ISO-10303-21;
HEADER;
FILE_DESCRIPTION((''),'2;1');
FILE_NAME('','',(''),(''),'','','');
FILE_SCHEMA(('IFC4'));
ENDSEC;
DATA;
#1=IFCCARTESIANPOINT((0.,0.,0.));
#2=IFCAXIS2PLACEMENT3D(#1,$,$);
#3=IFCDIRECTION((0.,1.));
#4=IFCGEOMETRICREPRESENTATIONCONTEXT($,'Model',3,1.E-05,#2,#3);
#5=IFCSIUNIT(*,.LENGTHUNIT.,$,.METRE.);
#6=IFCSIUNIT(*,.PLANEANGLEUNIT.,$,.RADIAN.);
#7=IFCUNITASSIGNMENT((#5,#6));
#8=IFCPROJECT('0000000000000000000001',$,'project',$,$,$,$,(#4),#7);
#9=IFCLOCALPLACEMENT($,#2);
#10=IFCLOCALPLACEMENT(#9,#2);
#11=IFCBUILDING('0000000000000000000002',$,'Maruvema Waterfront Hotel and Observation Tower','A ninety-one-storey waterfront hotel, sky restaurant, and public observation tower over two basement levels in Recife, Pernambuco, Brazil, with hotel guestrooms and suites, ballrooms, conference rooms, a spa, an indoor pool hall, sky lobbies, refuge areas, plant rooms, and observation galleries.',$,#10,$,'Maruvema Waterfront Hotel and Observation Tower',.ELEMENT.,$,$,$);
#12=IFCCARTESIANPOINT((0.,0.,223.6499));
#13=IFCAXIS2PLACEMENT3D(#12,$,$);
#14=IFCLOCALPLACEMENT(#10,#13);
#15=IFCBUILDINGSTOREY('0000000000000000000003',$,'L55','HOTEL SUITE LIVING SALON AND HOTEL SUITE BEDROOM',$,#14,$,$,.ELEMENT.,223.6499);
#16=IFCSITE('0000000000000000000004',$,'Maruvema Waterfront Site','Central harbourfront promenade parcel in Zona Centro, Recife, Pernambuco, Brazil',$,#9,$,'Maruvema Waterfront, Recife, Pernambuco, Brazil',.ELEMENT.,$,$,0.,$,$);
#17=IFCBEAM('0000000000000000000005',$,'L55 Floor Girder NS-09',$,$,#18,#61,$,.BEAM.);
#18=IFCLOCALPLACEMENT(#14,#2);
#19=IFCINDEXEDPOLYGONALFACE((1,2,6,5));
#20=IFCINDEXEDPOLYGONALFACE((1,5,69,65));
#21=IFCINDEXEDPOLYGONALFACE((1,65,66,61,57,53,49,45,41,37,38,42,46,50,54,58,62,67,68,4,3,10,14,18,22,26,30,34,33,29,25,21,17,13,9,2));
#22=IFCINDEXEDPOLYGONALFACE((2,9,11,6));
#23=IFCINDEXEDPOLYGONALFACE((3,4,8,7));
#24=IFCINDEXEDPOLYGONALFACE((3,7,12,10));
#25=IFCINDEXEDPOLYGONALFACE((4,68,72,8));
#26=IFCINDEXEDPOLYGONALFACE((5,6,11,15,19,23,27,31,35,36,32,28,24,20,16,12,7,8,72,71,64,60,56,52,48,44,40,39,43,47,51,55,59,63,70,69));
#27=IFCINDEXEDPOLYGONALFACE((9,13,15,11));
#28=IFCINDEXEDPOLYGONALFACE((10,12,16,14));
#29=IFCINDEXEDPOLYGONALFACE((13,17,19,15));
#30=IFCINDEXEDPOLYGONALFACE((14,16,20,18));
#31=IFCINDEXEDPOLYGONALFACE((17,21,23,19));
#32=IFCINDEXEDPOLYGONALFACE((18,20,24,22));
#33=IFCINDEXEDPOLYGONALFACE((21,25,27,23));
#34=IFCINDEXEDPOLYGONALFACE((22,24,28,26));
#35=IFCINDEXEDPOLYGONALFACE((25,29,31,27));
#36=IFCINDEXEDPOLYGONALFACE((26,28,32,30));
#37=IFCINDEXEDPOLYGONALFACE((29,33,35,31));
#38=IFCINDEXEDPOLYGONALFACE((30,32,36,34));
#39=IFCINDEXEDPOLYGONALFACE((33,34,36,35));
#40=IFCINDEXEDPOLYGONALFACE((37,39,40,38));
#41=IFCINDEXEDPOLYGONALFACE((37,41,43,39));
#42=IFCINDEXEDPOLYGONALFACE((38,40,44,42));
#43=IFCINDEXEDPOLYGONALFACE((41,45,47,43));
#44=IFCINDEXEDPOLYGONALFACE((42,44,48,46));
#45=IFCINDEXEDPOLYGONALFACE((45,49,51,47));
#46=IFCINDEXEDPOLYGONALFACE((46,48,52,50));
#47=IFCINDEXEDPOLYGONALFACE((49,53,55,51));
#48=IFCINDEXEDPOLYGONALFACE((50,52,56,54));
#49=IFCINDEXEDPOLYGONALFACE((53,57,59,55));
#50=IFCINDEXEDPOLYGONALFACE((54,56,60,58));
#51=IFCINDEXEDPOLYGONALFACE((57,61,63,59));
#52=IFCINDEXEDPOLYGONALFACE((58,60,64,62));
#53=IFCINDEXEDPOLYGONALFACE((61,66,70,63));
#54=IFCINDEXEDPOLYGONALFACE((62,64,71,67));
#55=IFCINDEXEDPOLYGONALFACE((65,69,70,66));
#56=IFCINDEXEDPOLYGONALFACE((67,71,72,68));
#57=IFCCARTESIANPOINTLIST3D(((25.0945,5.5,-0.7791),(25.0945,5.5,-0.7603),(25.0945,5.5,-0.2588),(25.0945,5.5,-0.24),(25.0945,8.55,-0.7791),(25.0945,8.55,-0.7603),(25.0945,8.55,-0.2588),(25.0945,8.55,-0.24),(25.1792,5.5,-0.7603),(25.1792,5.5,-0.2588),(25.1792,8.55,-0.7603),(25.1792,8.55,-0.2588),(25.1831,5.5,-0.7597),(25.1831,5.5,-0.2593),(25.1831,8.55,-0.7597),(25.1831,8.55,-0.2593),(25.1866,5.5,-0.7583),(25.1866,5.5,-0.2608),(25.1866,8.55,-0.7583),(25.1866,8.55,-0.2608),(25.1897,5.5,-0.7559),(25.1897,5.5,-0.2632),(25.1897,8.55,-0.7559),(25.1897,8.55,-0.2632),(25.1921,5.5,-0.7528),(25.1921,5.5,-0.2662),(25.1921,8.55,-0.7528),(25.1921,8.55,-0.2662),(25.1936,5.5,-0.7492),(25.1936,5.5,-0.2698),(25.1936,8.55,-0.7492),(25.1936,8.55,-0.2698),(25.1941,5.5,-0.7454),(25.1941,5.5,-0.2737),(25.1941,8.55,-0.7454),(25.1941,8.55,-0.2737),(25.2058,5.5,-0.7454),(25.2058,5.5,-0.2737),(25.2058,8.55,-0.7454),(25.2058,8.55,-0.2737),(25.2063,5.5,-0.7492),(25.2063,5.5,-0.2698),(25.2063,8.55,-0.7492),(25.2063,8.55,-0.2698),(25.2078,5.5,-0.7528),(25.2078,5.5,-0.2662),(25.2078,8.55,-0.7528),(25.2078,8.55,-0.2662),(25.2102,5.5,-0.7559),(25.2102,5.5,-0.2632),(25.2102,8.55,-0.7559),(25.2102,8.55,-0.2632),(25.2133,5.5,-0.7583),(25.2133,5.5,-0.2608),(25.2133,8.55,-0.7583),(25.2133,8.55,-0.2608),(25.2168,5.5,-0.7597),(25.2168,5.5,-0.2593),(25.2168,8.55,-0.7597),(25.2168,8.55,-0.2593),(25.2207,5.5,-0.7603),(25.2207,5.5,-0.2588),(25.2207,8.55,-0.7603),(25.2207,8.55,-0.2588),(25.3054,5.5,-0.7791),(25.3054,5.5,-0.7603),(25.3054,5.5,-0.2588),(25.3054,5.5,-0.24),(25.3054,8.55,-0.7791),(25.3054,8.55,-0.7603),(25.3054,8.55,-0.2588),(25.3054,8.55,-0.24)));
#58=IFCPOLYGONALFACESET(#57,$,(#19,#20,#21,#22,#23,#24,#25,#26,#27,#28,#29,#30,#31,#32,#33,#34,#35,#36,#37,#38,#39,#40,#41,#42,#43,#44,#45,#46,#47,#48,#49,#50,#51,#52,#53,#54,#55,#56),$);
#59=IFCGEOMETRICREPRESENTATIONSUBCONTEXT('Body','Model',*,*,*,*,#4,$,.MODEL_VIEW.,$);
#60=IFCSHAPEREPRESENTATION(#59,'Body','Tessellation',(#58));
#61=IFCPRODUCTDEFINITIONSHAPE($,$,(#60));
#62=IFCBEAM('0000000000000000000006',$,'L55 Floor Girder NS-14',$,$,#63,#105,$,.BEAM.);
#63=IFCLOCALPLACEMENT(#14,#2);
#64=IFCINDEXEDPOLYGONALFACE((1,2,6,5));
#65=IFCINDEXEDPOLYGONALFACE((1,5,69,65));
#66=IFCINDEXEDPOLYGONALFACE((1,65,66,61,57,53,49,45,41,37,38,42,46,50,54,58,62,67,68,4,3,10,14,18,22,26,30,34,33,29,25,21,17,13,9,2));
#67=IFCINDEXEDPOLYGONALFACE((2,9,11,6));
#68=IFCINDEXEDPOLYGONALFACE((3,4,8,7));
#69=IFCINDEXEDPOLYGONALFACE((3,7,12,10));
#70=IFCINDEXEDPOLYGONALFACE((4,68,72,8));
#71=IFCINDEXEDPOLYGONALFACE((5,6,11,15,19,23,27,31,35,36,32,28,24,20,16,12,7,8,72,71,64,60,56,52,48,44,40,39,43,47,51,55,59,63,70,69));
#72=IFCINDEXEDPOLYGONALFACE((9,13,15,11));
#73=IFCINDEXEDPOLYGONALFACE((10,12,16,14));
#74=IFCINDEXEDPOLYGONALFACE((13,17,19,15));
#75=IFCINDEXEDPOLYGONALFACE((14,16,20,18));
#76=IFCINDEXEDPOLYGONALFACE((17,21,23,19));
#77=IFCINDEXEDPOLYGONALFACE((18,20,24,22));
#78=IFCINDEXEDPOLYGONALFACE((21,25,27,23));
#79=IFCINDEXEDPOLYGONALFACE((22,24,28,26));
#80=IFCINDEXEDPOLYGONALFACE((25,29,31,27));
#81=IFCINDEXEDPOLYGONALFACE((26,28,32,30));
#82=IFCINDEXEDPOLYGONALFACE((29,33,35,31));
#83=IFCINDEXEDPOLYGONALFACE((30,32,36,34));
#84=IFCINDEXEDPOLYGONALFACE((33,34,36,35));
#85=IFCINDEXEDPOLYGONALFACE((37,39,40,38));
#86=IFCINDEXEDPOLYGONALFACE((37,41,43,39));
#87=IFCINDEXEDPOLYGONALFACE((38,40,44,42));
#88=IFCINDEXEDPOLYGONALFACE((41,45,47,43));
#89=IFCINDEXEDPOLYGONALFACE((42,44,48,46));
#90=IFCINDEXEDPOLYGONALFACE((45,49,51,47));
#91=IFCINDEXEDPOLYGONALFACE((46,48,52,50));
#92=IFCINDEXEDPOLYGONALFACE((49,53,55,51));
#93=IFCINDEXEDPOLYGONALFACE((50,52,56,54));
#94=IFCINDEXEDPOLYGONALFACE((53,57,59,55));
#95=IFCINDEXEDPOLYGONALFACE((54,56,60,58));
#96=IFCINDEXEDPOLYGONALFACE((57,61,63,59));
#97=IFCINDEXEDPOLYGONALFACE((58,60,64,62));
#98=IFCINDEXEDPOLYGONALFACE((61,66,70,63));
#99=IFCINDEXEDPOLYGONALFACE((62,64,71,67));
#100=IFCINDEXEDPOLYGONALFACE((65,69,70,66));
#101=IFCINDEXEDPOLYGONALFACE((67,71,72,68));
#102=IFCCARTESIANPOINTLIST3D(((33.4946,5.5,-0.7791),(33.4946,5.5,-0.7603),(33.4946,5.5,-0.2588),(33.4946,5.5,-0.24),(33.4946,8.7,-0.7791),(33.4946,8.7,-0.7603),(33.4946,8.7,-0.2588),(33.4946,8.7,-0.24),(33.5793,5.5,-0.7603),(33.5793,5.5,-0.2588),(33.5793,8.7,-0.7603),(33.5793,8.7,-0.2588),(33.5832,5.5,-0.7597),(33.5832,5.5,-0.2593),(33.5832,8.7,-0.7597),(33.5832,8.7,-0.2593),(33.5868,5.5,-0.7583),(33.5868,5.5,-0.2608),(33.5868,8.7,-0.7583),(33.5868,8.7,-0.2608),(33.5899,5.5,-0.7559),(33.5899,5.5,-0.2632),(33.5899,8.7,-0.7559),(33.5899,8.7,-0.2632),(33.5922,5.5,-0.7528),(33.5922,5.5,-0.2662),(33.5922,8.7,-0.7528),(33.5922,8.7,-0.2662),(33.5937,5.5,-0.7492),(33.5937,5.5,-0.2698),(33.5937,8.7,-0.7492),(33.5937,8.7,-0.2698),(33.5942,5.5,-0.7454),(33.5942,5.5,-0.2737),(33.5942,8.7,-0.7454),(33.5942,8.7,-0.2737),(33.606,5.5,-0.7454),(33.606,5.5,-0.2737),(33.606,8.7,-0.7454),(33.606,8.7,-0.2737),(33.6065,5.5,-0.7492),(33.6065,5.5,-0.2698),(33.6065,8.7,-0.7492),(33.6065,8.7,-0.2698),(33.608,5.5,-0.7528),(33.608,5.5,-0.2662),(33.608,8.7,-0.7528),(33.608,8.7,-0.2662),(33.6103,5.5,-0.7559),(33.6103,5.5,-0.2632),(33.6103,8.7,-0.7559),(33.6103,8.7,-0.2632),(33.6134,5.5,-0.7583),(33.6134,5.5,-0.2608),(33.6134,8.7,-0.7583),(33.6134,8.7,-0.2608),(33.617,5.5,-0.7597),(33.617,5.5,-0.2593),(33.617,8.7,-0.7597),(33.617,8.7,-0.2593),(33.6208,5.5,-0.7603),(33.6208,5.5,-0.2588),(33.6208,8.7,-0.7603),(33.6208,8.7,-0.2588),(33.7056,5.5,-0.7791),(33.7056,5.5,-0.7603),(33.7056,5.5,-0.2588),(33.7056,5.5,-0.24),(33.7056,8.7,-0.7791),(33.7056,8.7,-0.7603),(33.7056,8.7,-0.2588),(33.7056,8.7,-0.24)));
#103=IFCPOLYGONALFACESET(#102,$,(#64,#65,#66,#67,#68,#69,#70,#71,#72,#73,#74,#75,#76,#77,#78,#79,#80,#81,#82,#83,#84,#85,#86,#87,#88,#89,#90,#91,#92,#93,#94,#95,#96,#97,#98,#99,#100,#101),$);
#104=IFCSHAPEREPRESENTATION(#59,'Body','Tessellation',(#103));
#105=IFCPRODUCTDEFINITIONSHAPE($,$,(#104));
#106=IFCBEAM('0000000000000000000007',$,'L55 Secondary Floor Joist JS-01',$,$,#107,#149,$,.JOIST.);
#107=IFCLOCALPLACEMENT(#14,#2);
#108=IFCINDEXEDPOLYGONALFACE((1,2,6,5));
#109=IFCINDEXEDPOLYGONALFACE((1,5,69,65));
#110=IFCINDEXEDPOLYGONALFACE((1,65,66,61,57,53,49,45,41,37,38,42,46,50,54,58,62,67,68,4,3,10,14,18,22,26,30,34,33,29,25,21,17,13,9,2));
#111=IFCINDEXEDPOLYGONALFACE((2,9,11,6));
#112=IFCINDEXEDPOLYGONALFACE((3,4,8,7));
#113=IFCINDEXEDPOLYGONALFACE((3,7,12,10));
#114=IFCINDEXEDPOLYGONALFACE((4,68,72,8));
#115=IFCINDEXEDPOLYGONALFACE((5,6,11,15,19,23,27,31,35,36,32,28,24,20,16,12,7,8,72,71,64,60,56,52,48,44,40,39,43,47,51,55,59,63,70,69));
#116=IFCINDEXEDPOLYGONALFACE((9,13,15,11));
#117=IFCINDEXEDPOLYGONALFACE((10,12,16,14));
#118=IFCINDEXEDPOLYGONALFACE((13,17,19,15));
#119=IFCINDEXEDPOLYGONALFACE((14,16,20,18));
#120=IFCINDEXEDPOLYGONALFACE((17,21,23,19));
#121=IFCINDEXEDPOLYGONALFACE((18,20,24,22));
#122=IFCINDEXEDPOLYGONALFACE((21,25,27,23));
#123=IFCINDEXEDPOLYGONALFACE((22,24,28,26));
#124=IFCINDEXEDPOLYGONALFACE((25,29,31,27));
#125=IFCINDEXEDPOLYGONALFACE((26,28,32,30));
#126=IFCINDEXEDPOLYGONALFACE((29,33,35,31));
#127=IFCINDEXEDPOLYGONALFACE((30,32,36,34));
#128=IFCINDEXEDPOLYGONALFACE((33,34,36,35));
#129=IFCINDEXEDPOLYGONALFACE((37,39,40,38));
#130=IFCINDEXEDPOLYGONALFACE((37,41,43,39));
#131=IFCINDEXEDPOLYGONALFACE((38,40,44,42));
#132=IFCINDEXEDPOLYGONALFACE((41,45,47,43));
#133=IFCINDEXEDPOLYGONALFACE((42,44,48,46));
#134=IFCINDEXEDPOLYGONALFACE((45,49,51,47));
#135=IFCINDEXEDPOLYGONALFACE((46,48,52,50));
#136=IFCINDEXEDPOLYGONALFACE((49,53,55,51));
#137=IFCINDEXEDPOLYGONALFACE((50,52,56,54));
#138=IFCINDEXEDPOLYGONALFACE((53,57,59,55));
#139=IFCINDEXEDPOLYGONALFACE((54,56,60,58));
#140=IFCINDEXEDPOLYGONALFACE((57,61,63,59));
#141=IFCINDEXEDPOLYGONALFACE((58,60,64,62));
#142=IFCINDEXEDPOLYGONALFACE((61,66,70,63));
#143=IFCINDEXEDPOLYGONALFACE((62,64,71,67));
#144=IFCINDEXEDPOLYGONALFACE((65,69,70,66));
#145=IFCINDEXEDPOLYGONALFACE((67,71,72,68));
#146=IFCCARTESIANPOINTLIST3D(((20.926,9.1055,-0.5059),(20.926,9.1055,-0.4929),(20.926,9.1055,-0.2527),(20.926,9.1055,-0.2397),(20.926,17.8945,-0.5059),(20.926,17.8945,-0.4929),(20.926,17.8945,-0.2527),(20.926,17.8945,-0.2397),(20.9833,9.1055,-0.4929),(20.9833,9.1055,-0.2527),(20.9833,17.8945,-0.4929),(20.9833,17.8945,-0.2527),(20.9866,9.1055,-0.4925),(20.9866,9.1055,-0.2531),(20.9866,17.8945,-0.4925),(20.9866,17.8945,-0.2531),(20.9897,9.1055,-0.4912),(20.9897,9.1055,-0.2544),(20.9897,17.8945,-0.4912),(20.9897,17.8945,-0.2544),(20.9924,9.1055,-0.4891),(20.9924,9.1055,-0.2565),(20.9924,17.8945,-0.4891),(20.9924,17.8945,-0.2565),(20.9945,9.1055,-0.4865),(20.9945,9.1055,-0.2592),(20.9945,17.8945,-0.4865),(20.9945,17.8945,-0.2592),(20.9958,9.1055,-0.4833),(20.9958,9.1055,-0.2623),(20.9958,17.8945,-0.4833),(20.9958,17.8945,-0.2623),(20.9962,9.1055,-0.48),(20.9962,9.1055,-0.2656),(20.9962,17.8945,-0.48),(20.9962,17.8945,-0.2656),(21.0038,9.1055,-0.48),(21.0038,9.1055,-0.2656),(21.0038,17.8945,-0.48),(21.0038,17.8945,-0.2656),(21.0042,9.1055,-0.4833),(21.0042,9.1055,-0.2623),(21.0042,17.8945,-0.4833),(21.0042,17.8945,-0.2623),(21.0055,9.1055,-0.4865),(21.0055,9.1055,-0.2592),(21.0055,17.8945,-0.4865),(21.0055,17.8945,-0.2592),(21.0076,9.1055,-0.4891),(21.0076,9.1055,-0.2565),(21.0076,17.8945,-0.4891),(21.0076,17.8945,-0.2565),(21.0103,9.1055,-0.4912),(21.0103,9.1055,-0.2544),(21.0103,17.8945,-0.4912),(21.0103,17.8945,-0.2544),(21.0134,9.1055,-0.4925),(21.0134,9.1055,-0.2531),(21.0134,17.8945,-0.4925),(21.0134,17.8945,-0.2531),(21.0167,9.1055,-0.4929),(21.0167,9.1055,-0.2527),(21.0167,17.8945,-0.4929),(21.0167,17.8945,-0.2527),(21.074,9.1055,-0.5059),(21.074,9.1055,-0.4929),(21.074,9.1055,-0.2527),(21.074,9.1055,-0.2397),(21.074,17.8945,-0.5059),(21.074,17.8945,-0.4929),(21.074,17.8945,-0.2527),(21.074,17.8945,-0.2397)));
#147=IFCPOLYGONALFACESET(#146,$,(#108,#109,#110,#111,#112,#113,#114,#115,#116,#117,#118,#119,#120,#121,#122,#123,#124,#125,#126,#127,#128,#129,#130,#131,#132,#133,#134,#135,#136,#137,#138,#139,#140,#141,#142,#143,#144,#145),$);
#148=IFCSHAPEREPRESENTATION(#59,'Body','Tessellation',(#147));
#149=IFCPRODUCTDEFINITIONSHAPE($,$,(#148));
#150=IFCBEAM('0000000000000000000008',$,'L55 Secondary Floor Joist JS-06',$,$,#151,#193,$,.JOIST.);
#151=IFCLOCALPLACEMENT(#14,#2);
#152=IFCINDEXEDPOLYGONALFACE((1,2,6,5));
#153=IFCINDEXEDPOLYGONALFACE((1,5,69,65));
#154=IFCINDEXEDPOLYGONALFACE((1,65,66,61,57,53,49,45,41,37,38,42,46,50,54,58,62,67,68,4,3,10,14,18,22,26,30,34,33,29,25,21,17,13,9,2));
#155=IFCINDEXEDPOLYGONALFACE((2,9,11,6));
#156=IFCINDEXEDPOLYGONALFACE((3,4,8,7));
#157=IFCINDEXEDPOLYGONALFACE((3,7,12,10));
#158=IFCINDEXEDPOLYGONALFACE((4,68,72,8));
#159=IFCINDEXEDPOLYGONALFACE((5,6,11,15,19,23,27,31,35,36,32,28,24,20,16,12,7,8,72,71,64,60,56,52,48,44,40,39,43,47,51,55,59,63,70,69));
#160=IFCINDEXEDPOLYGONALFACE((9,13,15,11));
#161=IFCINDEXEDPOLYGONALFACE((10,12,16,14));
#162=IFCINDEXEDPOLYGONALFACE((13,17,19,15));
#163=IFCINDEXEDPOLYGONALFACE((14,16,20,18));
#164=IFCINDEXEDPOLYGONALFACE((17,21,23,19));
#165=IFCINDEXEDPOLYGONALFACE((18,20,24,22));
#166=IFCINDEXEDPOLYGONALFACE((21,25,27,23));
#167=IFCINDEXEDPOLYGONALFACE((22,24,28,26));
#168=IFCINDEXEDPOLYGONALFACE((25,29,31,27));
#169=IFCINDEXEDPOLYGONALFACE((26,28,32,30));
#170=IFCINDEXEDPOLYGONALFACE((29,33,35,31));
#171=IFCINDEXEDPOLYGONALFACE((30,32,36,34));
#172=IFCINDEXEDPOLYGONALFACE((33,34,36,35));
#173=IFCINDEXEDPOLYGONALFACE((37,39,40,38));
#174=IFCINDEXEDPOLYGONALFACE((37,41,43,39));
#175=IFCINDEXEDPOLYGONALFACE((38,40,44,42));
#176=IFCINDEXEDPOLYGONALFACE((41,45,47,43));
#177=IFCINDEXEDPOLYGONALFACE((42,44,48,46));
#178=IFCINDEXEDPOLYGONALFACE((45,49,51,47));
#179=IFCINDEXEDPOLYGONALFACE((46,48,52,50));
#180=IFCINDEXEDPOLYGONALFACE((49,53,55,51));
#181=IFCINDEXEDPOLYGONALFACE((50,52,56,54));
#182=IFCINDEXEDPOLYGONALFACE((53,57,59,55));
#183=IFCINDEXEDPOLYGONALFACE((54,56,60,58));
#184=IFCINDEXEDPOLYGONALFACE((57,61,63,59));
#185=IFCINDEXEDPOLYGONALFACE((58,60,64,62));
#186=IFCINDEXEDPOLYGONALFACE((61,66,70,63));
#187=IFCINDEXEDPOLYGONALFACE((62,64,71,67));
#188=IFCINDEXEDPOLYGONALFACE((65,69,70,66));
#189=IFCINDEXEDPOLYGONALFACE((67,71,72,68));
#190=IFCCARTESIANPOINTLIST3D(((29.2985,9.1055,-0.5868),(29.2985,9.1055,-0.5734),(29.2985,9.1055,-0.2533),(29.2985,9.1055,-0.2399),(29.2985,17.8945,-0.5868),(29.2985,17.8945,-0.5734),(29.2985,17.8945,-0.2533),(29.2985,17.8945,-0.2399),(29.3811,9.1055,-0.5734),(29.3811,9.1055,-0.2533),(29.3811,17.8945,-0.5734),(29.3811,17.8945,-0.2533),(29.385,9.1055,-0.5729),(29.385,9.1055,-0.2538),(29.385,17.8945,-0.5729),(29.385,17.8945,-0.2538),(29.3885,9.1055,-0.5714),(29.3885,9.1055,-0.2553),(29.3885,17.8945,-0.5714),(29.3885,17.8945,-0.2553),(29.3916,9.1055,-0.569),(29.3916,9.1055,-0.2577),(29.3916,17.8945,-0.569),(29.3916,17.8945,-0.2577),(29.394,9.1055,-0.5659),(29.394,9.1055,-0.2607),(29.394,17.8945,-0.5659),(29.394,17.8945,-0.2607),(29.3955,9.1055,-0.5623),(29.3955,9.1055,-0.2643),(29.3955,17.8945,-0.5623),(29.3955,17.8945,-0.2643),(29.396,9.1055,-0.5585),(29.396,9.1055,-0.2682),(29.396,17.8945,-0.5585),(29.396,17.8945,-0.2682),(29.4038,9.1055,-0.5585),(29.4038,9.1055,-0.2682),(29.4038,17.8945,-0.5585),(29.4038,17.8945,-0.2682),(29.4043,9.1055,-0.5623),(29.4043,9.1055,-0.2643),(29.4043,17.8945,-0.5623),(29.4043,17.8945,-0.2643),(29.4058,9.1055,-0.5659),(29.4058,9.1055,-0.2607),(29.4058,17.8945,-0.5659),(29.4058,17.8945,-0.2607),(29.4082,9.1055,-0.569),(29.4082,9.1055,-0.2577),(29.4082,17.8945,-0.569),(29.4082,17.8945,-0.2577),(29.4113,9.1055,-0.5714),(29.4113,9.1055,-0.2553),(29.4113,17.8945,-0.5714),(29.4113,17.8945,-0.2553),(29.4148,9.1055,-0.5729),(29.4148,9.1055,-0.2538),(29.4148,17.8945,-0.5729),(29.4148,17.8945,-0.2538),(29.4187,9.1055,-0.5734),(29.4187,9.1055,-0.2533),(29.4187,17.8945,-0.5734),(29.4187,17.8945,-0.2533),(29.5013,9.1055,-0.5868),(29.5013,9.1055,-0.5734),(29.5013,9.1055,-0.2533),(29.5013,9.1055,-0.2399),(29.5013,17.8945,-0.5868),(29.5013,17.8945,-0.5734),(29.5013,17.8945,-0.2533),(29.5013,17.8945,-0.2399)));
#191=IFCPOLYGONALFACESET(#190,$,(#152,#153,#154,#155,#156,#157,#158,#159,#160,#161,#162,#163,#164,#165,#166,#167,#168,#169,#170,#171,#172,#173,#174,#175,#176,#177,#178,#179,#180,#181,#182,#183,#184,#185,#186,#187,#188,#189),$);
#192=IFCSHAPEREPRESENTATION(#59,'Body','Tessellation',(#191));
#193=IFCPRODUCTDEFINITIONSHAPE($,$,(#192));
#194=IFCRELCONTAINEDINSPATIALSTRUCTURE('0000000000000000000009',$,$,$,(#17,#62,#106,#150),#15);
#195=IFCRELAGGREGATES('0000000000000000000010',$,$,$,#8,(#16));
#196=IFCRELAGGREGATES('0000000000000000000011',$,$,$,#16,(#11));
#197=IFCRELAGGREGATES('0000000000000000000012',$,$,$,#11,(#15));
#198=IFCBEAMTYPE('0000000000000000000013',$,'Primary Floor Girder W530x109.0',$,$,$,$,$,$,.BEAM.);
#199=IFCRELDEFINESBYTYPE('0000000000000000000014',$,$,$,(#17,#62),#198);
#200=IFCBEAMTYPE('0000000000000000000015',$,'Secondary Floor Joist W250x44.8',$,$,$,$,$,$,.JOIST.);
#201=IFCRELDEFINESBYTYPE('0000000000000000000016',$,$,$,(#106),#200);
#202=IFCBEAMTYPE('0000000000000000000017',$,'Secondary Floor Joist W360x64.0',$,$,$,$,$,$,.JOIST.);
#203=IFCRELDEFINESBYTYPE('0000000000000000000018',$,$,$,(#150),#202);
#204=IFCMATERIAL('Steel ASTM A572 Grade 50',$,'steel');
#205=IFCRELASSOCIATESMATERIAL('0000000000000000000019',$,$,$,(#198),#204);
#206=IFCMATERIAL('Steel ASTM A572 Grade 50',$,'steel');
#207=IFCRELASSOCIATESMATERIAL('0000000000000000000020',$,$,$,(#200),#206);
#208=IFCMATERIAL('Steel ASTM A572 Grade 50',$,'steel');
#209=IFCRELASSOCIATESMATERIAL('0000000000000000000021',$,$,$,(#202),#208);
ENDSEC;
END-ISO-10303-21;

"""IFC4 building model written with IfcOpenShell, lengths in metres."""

from ifc_helpers import new_model, si_unit, direction, frame, origin, origin_2d, place, context, subcontext, project, spatial, i_section, extrude, material, material_profile, profile_set, type_object, element, save


model = new_model("IFC4")

# Units and contexts
model_context = context("Model", 3, precision=1e-05, world=origin(), true_north=direction((0.0, 1.0)))
body_context = subcontext(model_context, "Body", "Model", "MODEL_VIEW")
ifc_project = project(units=[si_unit("LENGTHUNIT", "METRE"), si_unit("PLANEANGLEUNIT", "RADIAN")], contexts=[model_context])

# Site, building, storey
site_placement = place(None, origin())
site = spatial("IfcSite", under=ifc_project, at=site_placement, Name="Maruvema Waterfront Site", Description="Central harbourfront promenade parcel in Zona Centro, Recife, Pernambuco, Brazil", LongName="Maruvema Waterfront, Recife, Pernambuco, Brazil", CompositionType="ELEMENT", RefElevation=0.0)
building_placement = place(site_placement, origin())
building = spatial("IfcBuilding", under=site, at=building_placement, Name="Maruvema Waterfront Hotel and Observation Tower", Description="A ninety-one-storey waterfront hotel, sky restaurant, and public observation tower over two basement levels in Recife, Pernambuco, Brazil, with hotel guestrooms and suites, ballrooms, conference rooms, a spa, an indoor pool hall, sky lobbies, refuge areas, plant rooms, and observation galleries.", LongName="Maruvema Waterfront Hotel and Observation Tower", CompositionType="ELEMENT")
storey_placement = place(building_placement, frame((0.0, 0.0, 223.6499)))
storey = spatial("IfcBuildingStorey", under=building, at=storey_placement, Name="L55", Description="HOTEL SUITE LIVING SALON AND HOTEL SUITE BEDROOM", CompositionType="ELEMENT", Elevation=223.6499)

# Beams
ifc_material_1 = material(Name="Steel ASTM A572 Grade 50", Category="steel")
ifc_material_profile_1 = material_profile(ifc_material_1, i_section(OverallWidth=0.2109, OverallDepth=0.5391, WebThickness=0.0117, FlangeThickness=0.0188, FilletRadius=0.0149, at=origin_2d()), Name="W530x109.0")
ifc_profile_set_1 = profile_set([ifc_material_profile_1], Name="Steel ASTM A572 Grade 50")
beam_type_1 = type_object("IfcBeamType", Name="Primary Floor Girder W530x109.0", PredefinedType="BEAM", material=ifc_profile_set_1)
beam_1_placement = place(storey_placement, frame((25.2, 5.5, -0.5095), z_axis=(0.0, 1.0, 0.0), x_axis=(-1.0, 0.0, 0.0)))
element("IfcBeam", 1, at=beam_1_placement, inside=storey, type_object=beam_type_1, Name="L55 Floor Girder NS-09", PredefinedType="BEAM", context=body_context, shape_type="SweptSolid", body=[
    extrude(i_section(OverallWidth=0.2109, OverallDepth=0.5391, WebThickness=0.0117, FlangeThickness=0.0188, FilletRadius=0.0149, at=origin_2d()), origin(), (0.0, 0.0, 1.0), 3.05),
])
beam_2_placement = place(storey_placement, frame((33.6001, 5.5, -0.5095), z_axis=(0.0, 1.0, 0.0), x_axis=(-1.0, 0.0, 0.0)))
element("IfcBeam", 2, at=beam_2_placement, inside=storey, type_object=beam_type_1, Name="L55 Floor Girder NS-14", PredefinedType="BEAM", context=body_context, shape_type="SweptSolid", body=[
    extrude(i_section(OverallWidth=0.2109, OverallDepth=0.5391, WebThickness=0.0117, FlangeThickness=0.0188, FilletRadius=0.0149, at=origin_2d()), origin(), (0.0, 0.0, 1.0), 3.2),
])
ifc_material_2 = material(Name="Steel ASTM A572 Grade 50", Category="steel")
ifc_material_profile_2 = material_profile(ifc_material_2, i_section(OverallWidth=0.1479, OverallDepth=0.2661, WebThickness=0.0076, FlangeThickness=0.0129, FilletRadius=0.0129, at=origin_2d()), Name="W250x44.8")
ifc_profile_set_2 = profile_set([ifc_material_profile_2], Name="Steel ASTM A572 Grade 50")
beam_type_2 = type_object("IfcBeamType", Name="Secondary Floor Joist W250x44.8", PredefinedType="JOIST", material=ifc_profile_set_2)
beam_3_placement = place(storey_placement, frame((21.0, 9.1055, -0.3728), z_axis=(0.0, 1.0, 0.0), x_axis=(-1.0, 0.0, 0.0)))
element("IfcBeam", 3, at=beam_3_placement, inside=storey, type_object=beam_type_2, Name="L55 Secondary Floor Joist JS-01", PredefinedType="JOIST", context=body_context, shape_type="SweptSolid", body=[
    extrude(i_section(OverallWidth=0.1479, OverallDepth=0.2661, WebThickness=0.0076, FlangeThickness=0.0129, FilletRadius=0.0129, at=origin_2d()), origin(), (0.0, 0.0, 1.0), 8.7891),
])
ifc_material_3 = material(Name="Steel ASTM A572 Grade 50", Category="steel")
ifc_material_profile_3 = material_profile(ifc_material_3, i_section(OverallWidth=0.2029, OverallDepth=0.3469, WebThickness=0.0078, FlangeThickness=0.0134, FilletRadius=0.0149, at=origin_2d()), Name="W360x64.0")
ifc_profile_set_3 = profile_set([ifc_material_profile_3], Name="Steel ASTM A572 Grade 50")
beam_type_3 = type_object("IfcBeamType", Name="Secondary Floor Joist W360x64.0", PredefinedType="JOIST", material=ifc_profile_set_3)
beam_4_placement = place(storey_placement, frame((29.3999, 9.1055, -0.4133), z_axis=(0.0, 1.0, 0.0), x_axis=(-1.0, 0.0, 0.0)))
element("IfcBeam", 4, at=beam_4_placement, inside=storey, type_object=beam_type_3, Name="L55 Secondary Floor Joist JS-06", PredefinedType="JOIST", context=body_context, shape_type="SweptSolid", body=[
    extrude(i_section(OverallWidth=0.2029, OverallDepth=0.3469, WebThickness=0.0078, FlangeThickness=0.0134, FilletRadius=0.0149, at=origin_2d()), origin(), (0.0, 0.0, 1.0), 8.7891),
])

save(model, "model.ifc")
